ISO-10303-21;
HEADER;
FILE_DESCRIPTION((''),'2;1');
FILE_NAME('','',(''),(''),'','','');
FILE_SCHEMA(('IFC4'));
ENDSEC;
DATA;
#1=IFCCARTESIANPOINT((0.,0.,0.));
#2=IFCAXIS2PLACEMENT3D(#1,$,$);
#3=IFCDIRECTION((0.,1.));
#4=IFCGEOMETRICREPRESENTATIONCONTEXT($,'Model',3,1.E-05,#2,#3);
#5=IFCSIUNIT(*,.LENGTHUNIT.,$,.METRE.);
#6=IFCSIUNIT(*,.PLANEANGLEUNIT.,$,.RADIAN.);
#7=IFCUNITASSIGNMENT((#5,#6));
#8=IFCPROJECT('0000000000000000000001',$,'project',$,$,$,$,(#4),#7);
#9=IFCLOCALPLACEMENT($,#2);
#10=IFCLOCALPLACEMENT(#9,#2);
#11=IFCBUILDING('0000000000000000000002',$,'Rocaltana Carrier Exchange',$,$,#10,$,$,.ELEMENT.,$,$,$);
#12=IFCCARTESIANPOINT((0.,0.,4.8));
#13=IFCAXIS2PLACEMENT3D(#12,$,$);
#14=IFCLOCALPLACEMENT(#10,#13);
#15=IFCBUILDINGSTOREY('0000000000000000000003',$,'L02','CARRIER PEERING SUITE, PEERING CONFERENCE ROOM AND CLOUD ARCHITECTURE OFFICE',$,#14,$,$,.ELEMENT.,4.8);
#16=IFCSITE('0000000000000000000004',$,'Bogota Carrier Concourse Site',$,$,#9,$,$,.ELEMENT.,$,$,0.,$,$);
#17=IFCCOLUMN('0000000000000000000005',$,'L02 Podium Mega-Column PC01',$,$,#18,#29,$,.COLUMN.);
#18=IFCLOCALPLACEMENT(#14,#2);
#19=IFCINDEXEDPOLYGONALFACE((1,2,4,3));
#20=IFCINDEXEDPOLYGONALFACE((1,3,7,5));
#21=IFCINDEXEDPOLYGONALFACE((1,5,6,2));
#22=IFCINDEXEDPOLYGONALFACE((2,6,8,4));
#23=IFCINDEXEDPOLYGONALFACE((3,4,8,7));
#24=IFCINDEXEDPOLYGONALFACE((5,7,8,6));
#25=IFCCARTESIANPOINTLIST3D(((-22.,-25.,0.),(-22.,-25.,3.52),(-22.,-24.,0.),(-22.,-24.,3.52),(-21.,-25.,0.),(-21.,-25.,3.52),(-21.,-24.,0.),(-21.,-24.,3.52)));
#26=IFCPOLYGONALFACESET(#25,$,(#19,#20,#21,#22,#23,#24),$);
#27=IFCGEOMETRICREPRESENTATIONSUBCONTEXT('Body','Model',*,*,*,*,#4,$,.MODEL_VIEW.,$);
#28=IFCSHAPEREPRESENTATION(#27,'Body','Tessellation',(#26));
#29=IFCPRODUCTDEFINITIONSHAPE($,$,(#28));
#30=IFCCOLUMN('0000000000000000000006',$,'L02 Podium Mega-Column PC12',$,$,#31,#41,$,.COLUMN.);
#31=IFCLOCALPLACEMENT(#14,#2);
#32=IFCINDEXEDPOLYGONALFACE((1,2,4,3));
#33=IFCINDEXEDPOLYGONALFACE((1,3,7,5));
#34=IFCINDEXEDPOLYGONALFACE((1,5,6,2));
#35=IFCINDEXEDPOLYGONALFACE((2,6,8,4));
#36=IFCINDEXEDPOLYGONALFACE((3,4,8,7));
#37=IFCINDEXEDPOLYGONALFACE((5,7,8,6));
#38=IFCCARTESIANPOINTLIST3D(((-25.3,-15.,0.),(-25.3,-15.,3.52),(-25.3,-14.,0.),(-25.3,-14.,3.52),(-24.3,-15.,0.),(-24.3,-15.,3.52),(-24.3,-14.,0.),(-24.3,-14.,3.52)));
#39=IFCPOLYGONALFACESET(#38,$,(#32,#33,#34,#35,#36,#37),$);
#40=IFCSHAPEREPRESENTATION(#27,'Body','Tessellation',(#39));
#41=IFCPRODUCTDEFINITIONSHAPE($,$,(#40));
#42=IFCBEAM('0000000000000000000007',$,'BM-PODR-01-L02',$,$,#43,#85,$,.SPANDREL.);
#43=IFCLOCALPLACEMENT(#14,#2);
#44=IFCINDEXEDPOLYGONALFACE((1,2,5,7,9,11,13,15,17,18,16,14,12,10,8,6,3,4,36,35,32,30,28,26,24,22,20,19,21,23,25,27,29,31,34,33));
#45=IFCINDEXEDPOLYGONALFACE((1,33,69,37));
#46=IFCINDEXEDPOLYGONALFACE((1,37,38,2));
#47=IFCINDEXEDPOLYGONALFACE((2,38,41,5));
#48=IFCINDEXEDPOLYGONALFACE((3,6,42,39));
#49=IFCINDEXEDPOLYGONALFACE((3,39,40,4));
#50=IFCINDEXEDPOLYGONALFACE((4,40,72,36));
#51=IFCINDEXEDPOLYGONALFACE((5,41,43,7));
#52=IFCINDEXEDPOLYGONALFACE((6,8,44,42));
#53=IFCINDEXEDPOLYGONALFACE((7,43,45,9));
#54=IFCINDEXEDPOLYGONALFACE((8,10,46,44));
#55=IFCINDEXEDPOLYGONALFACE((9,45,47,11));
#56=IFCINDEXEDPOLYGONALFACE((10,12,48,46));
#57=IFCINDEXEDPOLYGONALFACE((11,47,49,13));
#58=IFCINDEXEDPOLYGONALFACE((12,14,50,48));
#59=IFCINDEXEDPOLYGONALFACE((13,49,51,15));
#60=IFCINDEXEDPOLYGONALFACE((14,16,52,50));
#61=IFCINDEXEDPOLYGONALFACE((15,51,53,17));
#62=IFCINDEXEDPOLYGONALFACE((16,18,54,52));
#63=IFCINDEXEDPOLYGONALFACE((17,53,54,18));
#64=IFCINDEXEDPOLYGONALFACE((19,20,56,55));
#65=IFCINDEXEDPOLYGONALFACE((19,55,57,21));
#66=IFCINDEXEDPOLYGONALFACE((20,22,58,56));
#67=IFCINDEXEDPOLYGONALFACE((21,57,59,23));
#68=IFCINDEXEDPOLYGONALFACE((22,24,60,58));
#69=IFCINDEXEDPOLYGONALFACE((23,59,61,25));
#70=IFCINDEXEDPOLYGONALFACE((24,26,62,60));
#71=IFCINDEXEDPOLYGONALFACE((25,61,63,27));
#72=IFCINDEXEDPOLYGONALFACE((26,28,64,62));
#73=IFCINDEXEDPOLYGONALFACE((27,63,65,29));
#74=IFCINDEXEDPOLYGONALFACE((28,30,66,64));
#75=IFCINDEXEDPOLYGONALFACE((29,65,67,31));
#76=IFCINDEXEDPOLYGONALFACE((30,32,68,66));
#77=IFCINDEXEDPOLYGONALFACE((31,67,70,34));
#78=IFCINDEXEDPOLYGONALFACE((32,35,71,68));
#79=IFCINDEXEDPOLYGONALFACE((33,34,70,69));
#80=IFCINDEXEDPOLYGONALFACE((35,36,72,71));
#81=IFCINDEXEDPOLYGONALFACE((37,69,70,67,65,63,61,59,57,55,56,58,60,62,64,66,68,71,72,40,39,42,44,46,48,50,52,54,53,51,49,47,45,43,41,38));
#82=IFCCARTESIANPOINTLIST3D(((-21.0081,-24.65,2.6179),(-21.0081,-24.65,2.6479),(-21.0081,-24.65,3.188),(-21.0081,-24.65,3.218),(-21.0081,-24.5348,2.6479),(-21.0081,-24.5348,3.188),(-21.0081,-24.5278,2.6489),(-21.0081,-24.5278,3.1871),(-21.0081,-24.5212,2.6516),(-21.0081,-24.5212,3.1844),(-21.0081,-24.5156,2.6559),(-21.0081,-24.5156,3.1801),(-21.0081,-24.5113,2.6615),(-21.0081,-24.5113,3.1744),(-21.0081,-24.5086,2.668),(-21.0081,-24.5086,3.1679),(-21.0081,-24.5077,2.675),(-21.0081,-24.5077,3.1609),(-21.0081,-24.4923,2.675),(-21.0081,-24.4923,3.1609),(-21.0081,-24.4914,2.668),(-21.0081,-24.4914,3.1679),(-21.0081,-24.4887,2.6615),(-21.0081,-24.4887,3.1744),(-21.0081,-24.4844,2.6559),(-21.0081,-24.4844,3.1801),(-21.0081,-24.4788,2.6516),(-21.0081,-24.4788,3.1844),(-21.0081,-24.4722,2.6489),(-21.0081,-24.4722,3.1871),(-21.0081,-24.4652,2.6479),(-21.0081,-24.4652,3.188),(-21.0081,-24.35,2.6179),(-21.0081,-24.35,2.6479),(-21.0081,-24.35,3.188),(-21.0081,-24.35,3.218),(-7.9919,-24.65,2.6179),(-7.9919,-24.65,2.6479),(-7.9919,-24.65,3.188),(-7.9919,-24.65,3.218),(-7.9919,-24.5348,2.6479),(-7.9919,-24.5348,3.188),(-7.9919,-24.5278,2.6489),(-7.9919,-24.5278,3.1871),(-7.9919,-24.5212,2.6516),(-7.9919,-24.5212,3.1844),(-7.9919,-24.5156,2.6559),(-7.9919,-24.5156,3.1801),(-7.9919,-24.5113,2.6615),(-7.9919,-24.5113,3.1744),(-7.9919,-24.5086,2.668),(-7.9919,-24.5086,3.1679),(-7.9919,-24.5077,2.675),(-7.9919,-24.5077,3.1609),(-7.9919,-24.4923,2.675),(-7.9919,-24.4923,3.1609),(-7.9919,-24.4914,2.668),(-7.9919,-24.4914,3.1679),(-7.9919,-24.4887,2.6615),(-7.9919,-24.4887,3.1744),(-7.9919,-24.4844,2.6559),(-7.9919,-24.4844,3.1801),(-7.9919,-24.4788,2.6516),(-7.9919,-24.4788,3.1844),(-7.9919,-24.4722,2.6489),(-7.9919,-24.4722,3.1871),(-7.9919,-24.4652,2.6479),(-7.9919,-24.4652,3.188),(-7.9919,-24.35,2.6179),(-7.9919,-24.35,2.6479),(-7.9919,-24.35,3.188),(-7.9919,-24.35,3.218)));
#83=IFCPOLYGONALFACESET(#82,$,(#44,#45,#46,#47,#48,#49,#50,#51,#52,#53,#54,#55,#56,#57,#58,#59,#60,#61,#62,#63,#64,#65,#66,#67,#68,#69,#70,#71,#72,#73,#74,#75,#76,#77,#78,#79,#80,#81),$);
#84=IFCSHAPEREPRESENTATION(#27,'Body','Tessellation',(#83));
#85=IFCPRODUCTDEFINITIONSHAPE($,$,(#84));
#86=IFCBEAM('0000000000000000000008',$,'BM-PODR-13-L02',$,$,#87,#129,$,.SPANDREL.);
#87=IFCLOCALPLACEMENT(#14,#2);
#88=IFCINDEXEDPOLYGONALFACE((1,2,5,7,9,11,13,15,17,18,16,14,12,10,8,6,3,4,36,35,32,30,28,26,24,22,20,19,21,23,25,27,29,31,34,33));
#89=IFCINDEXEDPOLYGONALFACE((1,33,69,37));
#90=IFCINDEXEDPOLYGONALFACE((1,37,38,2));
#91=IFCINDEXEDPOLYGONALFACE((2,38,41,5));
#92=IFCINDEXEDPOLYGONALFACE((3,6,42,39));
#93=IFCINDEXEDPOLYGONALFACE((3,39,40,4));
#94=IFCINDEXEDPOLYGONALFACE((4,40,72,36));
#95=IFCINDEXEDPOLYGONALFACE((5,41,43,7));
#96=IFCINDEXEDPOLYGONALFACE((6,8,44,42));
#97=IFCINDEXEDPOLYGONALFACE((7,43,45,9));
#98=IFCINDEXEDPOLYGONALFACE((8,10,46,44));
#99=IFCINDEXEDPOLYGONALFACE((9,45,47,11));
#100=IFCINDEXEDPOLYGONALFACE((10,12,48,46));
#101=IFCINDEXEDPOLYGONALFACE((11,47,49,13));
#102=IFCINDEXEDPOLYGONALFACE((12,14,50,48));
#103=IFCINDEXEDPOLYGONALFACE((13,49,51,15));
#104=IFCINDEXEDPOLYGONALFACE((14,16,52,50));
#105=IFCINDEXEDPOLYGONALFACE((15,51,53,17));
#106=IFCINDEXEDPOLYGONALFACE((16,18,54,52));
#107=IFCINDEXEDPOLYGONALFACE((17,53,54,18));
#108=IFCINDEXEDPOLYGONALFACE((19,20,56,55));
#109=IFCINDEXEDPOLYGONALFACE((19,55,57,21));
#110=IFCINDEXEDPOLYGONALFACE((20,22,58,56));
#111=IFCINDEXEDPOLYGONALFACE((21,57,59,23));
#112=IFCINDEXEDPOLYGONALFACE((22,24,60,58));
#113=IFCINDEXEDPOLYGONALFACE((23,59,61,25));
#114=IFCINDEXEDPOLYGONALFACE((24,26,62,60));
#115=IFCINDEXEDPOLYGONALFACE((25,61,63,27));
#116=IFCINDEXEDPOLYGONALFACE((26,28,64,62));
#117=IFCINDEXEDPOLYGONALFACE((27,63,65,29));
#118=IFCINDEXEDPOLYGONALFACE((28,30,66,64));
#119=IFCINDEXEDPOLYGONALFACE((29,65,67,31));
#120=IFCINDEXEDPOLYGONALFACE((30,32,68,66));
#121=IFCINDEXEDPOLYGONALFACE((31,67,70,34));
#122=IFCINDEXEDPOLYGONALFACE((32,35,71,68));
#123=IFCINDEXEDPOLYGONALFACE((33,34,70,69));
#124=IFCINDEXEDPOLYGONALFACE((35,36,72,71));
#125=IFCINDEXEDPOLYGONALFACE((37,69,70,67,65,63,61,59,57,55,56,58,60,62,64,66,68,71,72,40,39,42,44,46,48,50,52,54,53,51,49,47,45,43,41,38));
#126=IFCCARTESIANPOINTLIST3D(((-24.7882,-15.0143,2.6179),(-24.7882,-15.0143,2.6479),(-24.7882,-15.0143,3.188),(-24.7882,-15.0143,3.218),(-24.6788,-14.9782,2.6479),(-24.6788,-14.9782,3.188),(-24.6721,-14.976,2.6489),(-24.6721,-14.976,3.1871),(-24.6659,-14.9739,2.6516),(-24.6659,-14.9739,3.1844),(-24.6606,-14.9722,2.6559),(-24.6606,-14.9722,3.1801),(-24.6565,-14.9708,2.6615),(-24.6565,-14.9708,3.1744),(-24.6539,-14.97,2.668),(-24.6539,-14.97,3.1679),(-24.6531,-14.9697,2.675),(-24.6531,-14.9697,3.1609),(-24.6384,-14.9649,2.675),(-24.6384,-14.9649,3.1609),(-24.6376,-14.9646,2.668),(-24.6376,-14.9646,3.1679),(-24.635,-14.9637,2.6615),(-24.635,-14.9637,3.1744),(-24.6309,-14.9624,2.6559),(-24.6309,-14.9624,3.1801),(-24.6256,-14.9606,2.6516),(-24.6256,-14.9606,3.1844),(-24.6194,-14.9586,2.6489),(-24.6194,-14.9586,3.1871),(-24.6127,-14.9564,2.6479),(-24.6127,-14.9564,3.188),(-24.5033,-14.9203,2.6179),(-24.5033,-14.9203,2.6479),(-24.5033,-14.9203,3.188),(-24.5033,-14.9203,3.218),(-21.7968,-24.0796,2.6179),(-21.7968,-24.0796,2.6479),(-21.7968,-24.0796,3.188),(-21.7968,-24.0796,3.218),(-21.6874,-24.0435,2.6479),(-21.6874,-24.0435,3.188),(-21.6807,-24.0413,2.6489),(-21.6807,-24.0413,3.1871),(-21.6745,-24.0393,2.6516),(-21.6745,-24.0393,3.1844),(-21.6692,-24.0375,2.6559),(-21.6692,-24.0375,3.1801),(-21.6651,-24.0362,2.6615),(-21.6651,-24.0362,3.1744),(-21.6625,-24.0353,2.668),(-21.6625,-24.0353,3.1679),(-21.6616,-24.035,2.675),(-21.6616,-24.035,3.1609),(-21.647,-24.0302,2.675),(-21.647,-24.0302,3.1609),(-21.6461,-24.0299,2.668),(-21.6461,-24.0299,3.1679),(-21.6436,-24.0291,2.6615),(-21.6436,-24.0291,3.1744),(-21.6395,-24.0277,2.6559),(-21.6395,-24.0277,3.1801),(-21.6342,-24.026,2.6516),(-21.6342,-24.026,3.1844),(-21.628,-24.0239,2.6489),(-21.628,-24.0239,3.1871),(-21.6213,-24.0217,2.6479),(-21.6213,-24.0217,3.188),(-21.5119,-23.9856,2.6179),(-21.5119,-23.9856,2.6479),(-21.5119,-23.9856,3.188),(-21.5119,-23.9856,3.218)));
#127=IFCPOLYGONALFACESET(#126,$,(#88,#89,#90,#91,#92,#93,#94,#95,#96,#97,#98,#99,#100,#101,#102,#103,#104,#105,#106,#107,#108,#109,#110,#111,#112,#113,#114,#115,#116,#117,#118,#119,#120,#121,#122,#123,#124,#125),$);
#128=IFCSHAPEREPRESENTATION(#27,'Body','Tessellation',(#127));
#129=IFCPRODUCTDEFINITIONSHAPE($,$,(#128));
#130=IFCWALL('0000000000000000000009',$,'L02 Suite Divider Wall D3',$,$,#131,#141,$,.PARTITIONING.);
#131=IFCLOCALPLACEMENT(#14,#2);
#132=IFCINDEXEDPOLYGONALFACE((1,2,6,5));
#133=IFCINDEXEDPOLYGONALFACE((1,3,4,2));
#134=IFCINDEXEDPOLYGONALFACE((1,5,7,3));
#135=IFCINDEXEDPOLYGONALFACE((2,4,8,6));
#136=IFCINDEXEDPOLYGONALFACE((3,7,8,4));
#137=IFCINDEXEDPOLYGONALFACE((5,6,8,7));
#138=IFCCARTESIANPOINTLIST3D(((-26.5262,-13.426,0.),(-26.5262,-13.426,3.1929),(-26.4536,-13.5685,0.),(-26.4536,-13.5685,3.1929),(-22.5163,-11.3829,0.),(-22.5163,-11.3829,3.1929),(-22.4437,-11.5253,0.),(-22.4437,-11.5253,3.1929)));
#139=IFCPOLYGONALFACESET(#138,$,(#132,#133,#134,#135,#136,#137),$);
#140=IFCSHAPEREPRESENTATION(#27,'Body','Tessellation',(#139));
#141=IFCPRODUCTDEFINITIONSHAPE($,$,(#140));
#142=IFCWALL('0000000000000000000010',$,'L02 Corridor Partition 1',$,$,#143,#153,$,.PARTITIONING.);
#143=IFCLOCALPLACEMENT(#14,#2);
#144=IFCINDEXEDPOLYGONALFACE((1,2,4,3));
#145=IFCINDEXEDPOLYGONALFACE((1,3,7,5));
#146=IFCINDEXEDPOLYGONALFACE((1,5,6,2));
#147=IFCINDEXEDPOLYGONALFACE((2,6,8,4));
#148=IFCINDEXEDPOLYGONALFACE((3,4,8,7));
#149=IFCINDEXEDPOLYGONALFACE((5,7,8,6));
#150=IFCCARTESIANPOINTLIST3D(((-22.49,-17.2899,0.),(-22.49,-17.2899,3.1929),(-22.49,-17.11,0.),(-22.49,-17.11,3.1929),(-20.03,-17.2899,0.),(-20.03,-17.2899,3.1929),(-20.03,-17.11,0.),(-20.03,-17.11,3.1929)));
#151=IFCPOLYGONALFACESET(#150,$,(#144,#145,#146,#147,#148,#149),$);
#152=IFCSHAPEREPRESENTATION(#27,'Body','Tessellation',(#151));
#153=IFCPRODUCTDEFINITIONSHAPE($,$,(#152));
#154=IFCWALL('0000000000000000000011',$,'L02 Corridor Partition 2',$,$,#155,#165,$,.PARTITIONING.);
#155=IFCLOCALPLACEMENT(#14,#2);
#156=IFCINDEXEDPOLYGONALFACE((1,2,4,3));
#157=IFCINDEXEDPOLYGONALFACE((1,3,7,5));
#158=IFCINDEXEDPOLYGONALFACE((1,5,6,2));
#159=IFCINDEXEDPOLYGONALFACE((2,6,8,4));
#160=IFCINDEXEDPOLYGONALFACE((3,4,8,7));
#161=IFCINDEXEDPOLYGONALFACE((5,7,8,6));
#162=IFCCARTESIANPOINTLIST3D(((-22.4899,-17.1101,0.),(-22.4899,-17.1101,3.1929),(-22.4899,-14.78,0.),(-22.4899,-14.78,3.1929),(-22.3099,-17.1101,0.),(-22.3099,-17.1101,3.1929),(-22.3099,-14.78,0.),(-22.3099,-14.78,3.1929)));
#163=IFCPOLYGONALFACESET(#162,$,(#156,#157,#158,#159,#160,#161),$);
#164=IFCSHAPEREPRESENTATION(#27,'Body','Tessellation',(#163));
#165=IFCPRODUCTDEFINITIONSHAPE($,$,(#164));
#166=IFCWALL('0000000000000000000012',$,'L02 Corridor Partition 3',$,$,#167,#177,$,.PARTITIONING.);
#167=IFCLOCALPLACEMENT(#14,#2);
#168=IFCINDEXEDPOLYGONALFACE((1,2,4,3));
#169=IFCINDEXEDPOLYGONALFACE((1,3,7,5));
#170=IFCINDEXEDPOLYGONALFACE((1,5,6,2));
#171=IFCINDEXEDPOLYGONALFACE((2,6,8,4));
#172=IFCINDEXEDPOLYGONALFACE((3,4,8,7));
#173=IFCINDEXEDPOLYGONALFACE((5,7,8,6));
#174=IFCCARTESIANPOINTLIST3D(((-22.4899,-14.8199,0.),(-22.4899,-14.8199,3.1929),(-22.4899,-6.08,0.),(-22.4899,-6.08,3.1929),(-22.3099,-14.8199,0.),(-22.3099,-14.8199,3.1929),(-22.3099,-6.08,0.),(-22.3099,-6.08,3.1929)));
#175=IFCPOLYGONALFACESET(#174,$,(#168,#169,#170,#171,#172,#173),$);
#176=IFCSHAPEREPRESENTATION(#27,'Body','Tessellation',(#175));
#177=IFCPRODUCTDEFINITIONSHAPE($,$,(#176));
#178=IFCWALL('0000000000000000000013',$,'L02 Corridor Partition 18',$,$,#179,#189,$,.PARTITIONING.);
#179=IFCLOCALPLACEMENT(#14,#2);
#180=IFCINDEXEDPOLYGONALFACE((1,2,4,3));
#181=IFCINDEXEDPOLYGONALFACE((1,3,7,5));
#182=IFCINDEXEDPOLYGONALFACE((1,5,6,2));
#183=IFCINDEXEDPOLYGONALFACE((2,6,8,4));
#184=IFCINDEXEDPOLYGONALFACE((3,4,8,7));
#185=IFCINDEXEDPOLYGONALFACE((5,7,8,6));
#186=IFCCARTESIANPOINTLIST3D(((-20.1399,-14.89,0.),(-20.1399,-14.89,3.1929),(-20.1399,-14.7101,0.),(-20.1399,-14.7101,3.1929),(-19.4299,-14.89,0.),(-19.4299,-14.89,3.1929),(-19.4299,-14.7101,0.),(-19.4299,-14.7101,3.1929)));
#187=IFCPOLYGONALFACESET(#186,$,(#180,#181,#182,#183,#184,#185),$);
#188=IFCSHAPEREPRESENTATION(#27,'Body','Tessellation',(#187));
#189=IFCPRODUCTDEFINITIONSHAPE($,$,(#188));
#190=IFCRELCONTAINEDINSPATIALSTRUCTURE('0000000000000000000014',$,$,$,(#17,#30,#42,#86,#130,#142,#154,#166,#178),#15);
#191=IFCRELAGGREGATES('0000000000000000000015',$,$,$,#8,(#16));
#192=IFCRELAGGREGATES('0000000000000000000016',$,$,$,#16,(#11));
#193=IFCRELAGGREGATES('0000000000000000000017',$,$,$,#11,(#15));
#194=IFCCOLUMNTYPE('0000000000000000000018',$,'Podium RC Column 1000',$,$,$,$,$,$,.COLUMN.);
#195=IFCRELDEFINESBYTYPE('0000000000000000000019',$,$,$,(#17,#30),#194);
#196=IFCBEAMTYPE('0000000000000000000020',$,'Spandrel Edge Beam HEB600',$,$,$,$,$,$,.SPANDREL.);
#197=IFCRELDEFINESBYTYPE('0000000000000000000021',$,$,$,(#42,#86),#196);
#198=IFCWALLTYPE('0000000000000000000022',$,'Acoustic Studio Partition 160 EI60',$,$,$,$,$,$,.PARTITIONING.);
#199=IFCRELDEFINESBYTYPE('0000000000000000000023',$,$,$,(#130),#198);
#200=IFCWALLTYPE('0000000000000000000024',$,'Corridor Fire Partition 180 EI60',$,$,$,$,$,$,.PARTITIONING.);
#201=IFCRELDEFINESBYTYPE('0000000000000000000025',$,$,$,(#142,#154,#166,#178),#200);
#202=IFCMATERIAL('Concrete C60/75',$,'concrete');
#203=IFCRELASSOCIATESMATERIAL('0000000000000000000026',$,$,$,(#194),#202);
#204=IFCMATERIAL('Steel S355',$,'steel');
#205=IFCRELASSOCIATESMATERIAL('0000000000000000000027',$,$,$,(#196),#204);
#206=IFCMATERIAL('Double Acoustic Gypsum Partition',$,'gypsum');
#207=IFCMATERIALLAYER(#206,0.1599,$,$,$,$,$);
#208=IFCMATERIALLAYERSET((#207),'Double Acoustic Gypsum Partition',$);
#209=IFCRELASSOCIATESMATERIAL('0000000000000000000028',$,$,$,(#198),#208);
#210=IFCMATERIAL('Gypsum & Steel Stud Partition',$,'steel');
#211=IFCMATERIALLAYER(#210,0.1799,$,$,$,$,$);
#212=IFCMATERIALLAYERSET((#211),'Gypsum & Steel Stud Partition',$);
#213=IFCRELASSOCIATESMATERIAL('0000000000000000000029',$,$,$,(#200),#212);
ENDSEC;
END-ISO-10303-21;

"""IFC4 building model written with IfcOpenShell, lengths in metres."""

from ifc_helpers import new_model, si_unit, direction, frame, frame_2d, origin, origin_2d, place, context, subcontext, project, spatial, rectangle, i_section, extrude, material, layer, layer_set, material_profile, profile_set, type_object, element, save


model = new_model("IFC4")

# Units and contexts
model_context = context("Model", 3, precision=1e-05, world=origin(), true_north=direction((0.0, 1.0)))
body_context = subcontext(model_context, "Body", "Model", "MODEL_VIEW")
ifc_project = project(units=[si_unit("LENGTHUNIT", "METRE"), si_unit("PLANEANGLEUNIT", "RADIAN")], contexts=[model_context])

# Site, building, storey
site_placement = place(None, origin())
site = spatial("IfcSite", under=ifc_project, at=site_placement, Name="Bogota Carrier Concourse Site", CompositionType="ELEMENT", RefElevation=0.0)
building_placement = place(site_placement, origin())
building = spatial("IfcBuilding", under=site, at=building_placement, Name="Rocaltana Carrier Exchange", CompositionType="ELEMENT")
storey_placement = place(building_placement, frame((0.0, 0.0, 4.8)))
storey = spatial("IfcBuildingStorey", under=building, at=storey_placement, Name="L02", Description="CARRIER PEERING SUITE, PEERING CONFERENCE ROOM AND CLOUD ARCHITECTURE OFFICE", CompositionType="ELEMENT", Elevation=4.8)

# Columns
ifc_material_1 = material(Name="Concrete C60/75", Category="concrete")
ifc_material_profile_1 = material_profile(ifc_material_1, rectangle(XDim=1.0, YDim=1.0, at=origin_2d()), Name="RC-COL-1000X1000")
ifc_profile_set_1 = profile_set([ifc_material_profile_1], Name="Concrete C60/75")
column_type = type_object("IfcColumnType", Name="Podium RC Column 1000", PredefinedType="COLUMN", material=ifc_profile_set_1)
for number, where, z_axis, x_axis, name in (
    (1, (-21.5, -24.5, 0.0), (0.0, 0.0, 1.0), (1.0, 0.0, 0.0), "L02 Podium Mega-Column PC01"),
    (2, (-24.8, -14.5, 0.0), (0.0, 0.0, 1.0), (1.0, 0.0, 0.0), "L02 Podium Mega-Column PC12"),
):
    element("IfcColumn", number, at=place(storey_placement, frame(where, z_axis=z_axis, x_axis=x_axis)), inside=storey, type_object=column_type, Name=name, PredefinedType="COLUMN", context=body_context, shape_type="SweptSolid", body=[
        extrude(rectangle(XDim=1.0, YDim=1.0, at=origin_2d()), origin(), (0.0, 0.0, 1.0), 3.52),
    ])

# Beams
ifc_material_2 = material(Name="Steel S355", Category="steel")
ifc_material_profile_2 = material_profile(ifc_material_2, i_section(OverallWidth=0.3, OverallDepth=0.6001, WebThickness=0.0154, FlangeThickness=0.03, FilletRadius=0.0271, at=origin_2d()), Name="HEB600")
ifc_profile_set_2 = profile_set([ifc_material_profile_2], Name="Steel S355")
beam_type = type_object("IfcBeamType", Name="Spandrel Edge Beam HEB600", PredefinedType="SPANDREL", material=ifc_profile_set_2)
beam_1_placement = place(storey_placement, frame((-21.0081, -24.5, 2.918), z_axis=(1.0, 0.0, 0.0), x_axis=(0.0, 1.0, 0.0)))
element("IfcBeam", 3, at=beam_1_placement, inside=storey, type_object=beam_type, Name="BM-PODR-01-L02", PredefinedType="SPANDREL", context=body_context, shape_type="SweptSolid", body=[
    extrude(i_section(OverallWidth=0.3, OverallDepth=0.6001, WebThickness=0.0154, FlangeThickness=0.03, FilletRadius=0.0271, at=origin_2d()), origin(), (0.0, 0.0, 1.0), 13.0161),
])
beam_2_placement = place(storey_placement, frame((-24.6458, -14.9673, 2.918), z_axis=(0.313365, -0.949633, 0.0), x_axis=(0.949633, 0.313365, 0.0)))
element("IfcBeam", 4, at=beam_2_placement, inside=storey, type_object=beam_type, Name="BM-PODR-13-L02", PredefinedType="SPANDREL", context=body_context, shape_type="SweptSolid", body=[
    extrude(i_section(OverallWidth=0.3, OverallDepth=0.6001, WebThickness=0.0154, FlangeThickness=0.03, FilletRadius=0.0271, at=origin_2d()), origin(), (0.0, 0.0, 1.0), 9.5461),
])

# Walls
ifc_material_3 = material(Name="Double Acoustic Gypsum Partition", Category="gypsum")
ifc_layer_1 = layer(ifc_material_3, 0.1599)
ifc_layer_set_1 = layer_set([ifc_layer_1], Name="Double Acoustic Gypsum Partition")
wall_type_1 = type_object("IfcWallType", Name="Acoustic Studio Partition 160 EI60", PredefinedType="PARTITIONING", material=ifc_layer_set_1)
wall_1_placement = place(storey_placement, frame((-22.48, -11.4541, 0.0), z_axis=(0.0, 0.0, 1.0), x_axis=(-0.891006, -0.453992, 0.0)))
element("IfcWall", 5, at=wall_1_placement, inside=storey, type_object=wall_type_1, Name="L02 Suite Divider Wall D3", PredefinedType="PARTITIONING", context=body_context, shape_type="SweptSolid", body=[
    extrude(rectangle(XDim=4.5005, YDim=0.1599, at=frame_2d((2.2502, 0.0))), origin(), (0.0, 0.0, 1.0), 3.1929),
])
ifc_material_4 = material(Name="Gypsum & Steel Stud Partition", Category="steel")
ifc_layer_2 = layer(ifc_material_4, 0.1799)
ifc_layer_set_2 = layer_set([ifc_layer_2], Name="Gypsum & Steel Stud Partition")
wall_type_2 = type_object("IfcWallType", Name="Corridor Fire Partition 180 EI60", PredefinedType="PARTITIONING", material=ifc_layer_set_2)
wall_2_placement = place(storey_placement, frame((-20.03, -17.2, 0.0), z_axis=(0.0, 0.0, 1.0), x_axis=(-1.0, 0.0, 0.0)))
element("IfcWall", 6, at=wall_2_placement, inside=storey, type_object=wall_type_2, Name="L02 Corridor Partition 1", PredefinedType="PARTITIONING", context=body_context, shape_type="SweptSolid", body=[
    extrude(rectangle(XDim=2.46, YDim=0.1799, at=frame_2d((1.23, 0.0))), origin(), (0.0, 0.0, 1.0), 3.1929),
])
wall_3_placement = place(storey_placement, frame((-22.3999, -17.1101, 0.0), z_axis=(0.0, 0.0, 1.0), x_axis=(0.0, 1.0, 0.0)))
element("IfcWall", 7, at=wall_3_placement, inside=storey, type_object=wall_type_2, Name="L02 Corridor Partition 2", PredefinedType="PARTITIONING", context=body_context, shape_type="SweptSolid", body=[
    extrude(rectangle(XDim=2.3301, YDim=0.1799, at=frame_2d((1.165, 0.0))), origin(), (0.0, 0.0, 1.0), 3.1929),
])
wall_4_placement = place(storey_placement, frame((-22.3999, -14.8201, 0.0), z_axis=(0.0, 0.0, 1.0), x_axis=(0.0, 1.0, 0.0)))
element("IfcWall", 8, at=wall_4_placement, inside=storey, type_object=wall_type_2, Name="L02 Corridor Partition 3", PredefinedType="PARTITIONING", context=body_context, shape_type="SweptSolid", body=[
    extrude(rectangle(XDim=8.74, YDim=0.1799, at=frame_2d((4.3701, 0.0))), origin(), (0.0, 0.0, 1.0), 3.1929),
])
wall_5_placement = place(storey_placement, frame((-20.1399, -14.8, 0.0), z_axis=(0.0, 0.0, 1.0), x_axis=(1.0, 0.0, 0.0)))
element("IfcWall", 9, at=wall_5_placement, inside=storey, type_object=wall_type_2, Name="L02 Corridor Partition 18", PredefinedType="PARTITIONING", context=body_context, shape_type="SweptSolid", body=[
    extrude(rectangle(XDim=0.71, YDim=0.1799, at=frame_2d((0.355, 0.0))), origin(), (0.0, 0.0, 1.0), 3.1929),
])

save(model, "model.ifc")
